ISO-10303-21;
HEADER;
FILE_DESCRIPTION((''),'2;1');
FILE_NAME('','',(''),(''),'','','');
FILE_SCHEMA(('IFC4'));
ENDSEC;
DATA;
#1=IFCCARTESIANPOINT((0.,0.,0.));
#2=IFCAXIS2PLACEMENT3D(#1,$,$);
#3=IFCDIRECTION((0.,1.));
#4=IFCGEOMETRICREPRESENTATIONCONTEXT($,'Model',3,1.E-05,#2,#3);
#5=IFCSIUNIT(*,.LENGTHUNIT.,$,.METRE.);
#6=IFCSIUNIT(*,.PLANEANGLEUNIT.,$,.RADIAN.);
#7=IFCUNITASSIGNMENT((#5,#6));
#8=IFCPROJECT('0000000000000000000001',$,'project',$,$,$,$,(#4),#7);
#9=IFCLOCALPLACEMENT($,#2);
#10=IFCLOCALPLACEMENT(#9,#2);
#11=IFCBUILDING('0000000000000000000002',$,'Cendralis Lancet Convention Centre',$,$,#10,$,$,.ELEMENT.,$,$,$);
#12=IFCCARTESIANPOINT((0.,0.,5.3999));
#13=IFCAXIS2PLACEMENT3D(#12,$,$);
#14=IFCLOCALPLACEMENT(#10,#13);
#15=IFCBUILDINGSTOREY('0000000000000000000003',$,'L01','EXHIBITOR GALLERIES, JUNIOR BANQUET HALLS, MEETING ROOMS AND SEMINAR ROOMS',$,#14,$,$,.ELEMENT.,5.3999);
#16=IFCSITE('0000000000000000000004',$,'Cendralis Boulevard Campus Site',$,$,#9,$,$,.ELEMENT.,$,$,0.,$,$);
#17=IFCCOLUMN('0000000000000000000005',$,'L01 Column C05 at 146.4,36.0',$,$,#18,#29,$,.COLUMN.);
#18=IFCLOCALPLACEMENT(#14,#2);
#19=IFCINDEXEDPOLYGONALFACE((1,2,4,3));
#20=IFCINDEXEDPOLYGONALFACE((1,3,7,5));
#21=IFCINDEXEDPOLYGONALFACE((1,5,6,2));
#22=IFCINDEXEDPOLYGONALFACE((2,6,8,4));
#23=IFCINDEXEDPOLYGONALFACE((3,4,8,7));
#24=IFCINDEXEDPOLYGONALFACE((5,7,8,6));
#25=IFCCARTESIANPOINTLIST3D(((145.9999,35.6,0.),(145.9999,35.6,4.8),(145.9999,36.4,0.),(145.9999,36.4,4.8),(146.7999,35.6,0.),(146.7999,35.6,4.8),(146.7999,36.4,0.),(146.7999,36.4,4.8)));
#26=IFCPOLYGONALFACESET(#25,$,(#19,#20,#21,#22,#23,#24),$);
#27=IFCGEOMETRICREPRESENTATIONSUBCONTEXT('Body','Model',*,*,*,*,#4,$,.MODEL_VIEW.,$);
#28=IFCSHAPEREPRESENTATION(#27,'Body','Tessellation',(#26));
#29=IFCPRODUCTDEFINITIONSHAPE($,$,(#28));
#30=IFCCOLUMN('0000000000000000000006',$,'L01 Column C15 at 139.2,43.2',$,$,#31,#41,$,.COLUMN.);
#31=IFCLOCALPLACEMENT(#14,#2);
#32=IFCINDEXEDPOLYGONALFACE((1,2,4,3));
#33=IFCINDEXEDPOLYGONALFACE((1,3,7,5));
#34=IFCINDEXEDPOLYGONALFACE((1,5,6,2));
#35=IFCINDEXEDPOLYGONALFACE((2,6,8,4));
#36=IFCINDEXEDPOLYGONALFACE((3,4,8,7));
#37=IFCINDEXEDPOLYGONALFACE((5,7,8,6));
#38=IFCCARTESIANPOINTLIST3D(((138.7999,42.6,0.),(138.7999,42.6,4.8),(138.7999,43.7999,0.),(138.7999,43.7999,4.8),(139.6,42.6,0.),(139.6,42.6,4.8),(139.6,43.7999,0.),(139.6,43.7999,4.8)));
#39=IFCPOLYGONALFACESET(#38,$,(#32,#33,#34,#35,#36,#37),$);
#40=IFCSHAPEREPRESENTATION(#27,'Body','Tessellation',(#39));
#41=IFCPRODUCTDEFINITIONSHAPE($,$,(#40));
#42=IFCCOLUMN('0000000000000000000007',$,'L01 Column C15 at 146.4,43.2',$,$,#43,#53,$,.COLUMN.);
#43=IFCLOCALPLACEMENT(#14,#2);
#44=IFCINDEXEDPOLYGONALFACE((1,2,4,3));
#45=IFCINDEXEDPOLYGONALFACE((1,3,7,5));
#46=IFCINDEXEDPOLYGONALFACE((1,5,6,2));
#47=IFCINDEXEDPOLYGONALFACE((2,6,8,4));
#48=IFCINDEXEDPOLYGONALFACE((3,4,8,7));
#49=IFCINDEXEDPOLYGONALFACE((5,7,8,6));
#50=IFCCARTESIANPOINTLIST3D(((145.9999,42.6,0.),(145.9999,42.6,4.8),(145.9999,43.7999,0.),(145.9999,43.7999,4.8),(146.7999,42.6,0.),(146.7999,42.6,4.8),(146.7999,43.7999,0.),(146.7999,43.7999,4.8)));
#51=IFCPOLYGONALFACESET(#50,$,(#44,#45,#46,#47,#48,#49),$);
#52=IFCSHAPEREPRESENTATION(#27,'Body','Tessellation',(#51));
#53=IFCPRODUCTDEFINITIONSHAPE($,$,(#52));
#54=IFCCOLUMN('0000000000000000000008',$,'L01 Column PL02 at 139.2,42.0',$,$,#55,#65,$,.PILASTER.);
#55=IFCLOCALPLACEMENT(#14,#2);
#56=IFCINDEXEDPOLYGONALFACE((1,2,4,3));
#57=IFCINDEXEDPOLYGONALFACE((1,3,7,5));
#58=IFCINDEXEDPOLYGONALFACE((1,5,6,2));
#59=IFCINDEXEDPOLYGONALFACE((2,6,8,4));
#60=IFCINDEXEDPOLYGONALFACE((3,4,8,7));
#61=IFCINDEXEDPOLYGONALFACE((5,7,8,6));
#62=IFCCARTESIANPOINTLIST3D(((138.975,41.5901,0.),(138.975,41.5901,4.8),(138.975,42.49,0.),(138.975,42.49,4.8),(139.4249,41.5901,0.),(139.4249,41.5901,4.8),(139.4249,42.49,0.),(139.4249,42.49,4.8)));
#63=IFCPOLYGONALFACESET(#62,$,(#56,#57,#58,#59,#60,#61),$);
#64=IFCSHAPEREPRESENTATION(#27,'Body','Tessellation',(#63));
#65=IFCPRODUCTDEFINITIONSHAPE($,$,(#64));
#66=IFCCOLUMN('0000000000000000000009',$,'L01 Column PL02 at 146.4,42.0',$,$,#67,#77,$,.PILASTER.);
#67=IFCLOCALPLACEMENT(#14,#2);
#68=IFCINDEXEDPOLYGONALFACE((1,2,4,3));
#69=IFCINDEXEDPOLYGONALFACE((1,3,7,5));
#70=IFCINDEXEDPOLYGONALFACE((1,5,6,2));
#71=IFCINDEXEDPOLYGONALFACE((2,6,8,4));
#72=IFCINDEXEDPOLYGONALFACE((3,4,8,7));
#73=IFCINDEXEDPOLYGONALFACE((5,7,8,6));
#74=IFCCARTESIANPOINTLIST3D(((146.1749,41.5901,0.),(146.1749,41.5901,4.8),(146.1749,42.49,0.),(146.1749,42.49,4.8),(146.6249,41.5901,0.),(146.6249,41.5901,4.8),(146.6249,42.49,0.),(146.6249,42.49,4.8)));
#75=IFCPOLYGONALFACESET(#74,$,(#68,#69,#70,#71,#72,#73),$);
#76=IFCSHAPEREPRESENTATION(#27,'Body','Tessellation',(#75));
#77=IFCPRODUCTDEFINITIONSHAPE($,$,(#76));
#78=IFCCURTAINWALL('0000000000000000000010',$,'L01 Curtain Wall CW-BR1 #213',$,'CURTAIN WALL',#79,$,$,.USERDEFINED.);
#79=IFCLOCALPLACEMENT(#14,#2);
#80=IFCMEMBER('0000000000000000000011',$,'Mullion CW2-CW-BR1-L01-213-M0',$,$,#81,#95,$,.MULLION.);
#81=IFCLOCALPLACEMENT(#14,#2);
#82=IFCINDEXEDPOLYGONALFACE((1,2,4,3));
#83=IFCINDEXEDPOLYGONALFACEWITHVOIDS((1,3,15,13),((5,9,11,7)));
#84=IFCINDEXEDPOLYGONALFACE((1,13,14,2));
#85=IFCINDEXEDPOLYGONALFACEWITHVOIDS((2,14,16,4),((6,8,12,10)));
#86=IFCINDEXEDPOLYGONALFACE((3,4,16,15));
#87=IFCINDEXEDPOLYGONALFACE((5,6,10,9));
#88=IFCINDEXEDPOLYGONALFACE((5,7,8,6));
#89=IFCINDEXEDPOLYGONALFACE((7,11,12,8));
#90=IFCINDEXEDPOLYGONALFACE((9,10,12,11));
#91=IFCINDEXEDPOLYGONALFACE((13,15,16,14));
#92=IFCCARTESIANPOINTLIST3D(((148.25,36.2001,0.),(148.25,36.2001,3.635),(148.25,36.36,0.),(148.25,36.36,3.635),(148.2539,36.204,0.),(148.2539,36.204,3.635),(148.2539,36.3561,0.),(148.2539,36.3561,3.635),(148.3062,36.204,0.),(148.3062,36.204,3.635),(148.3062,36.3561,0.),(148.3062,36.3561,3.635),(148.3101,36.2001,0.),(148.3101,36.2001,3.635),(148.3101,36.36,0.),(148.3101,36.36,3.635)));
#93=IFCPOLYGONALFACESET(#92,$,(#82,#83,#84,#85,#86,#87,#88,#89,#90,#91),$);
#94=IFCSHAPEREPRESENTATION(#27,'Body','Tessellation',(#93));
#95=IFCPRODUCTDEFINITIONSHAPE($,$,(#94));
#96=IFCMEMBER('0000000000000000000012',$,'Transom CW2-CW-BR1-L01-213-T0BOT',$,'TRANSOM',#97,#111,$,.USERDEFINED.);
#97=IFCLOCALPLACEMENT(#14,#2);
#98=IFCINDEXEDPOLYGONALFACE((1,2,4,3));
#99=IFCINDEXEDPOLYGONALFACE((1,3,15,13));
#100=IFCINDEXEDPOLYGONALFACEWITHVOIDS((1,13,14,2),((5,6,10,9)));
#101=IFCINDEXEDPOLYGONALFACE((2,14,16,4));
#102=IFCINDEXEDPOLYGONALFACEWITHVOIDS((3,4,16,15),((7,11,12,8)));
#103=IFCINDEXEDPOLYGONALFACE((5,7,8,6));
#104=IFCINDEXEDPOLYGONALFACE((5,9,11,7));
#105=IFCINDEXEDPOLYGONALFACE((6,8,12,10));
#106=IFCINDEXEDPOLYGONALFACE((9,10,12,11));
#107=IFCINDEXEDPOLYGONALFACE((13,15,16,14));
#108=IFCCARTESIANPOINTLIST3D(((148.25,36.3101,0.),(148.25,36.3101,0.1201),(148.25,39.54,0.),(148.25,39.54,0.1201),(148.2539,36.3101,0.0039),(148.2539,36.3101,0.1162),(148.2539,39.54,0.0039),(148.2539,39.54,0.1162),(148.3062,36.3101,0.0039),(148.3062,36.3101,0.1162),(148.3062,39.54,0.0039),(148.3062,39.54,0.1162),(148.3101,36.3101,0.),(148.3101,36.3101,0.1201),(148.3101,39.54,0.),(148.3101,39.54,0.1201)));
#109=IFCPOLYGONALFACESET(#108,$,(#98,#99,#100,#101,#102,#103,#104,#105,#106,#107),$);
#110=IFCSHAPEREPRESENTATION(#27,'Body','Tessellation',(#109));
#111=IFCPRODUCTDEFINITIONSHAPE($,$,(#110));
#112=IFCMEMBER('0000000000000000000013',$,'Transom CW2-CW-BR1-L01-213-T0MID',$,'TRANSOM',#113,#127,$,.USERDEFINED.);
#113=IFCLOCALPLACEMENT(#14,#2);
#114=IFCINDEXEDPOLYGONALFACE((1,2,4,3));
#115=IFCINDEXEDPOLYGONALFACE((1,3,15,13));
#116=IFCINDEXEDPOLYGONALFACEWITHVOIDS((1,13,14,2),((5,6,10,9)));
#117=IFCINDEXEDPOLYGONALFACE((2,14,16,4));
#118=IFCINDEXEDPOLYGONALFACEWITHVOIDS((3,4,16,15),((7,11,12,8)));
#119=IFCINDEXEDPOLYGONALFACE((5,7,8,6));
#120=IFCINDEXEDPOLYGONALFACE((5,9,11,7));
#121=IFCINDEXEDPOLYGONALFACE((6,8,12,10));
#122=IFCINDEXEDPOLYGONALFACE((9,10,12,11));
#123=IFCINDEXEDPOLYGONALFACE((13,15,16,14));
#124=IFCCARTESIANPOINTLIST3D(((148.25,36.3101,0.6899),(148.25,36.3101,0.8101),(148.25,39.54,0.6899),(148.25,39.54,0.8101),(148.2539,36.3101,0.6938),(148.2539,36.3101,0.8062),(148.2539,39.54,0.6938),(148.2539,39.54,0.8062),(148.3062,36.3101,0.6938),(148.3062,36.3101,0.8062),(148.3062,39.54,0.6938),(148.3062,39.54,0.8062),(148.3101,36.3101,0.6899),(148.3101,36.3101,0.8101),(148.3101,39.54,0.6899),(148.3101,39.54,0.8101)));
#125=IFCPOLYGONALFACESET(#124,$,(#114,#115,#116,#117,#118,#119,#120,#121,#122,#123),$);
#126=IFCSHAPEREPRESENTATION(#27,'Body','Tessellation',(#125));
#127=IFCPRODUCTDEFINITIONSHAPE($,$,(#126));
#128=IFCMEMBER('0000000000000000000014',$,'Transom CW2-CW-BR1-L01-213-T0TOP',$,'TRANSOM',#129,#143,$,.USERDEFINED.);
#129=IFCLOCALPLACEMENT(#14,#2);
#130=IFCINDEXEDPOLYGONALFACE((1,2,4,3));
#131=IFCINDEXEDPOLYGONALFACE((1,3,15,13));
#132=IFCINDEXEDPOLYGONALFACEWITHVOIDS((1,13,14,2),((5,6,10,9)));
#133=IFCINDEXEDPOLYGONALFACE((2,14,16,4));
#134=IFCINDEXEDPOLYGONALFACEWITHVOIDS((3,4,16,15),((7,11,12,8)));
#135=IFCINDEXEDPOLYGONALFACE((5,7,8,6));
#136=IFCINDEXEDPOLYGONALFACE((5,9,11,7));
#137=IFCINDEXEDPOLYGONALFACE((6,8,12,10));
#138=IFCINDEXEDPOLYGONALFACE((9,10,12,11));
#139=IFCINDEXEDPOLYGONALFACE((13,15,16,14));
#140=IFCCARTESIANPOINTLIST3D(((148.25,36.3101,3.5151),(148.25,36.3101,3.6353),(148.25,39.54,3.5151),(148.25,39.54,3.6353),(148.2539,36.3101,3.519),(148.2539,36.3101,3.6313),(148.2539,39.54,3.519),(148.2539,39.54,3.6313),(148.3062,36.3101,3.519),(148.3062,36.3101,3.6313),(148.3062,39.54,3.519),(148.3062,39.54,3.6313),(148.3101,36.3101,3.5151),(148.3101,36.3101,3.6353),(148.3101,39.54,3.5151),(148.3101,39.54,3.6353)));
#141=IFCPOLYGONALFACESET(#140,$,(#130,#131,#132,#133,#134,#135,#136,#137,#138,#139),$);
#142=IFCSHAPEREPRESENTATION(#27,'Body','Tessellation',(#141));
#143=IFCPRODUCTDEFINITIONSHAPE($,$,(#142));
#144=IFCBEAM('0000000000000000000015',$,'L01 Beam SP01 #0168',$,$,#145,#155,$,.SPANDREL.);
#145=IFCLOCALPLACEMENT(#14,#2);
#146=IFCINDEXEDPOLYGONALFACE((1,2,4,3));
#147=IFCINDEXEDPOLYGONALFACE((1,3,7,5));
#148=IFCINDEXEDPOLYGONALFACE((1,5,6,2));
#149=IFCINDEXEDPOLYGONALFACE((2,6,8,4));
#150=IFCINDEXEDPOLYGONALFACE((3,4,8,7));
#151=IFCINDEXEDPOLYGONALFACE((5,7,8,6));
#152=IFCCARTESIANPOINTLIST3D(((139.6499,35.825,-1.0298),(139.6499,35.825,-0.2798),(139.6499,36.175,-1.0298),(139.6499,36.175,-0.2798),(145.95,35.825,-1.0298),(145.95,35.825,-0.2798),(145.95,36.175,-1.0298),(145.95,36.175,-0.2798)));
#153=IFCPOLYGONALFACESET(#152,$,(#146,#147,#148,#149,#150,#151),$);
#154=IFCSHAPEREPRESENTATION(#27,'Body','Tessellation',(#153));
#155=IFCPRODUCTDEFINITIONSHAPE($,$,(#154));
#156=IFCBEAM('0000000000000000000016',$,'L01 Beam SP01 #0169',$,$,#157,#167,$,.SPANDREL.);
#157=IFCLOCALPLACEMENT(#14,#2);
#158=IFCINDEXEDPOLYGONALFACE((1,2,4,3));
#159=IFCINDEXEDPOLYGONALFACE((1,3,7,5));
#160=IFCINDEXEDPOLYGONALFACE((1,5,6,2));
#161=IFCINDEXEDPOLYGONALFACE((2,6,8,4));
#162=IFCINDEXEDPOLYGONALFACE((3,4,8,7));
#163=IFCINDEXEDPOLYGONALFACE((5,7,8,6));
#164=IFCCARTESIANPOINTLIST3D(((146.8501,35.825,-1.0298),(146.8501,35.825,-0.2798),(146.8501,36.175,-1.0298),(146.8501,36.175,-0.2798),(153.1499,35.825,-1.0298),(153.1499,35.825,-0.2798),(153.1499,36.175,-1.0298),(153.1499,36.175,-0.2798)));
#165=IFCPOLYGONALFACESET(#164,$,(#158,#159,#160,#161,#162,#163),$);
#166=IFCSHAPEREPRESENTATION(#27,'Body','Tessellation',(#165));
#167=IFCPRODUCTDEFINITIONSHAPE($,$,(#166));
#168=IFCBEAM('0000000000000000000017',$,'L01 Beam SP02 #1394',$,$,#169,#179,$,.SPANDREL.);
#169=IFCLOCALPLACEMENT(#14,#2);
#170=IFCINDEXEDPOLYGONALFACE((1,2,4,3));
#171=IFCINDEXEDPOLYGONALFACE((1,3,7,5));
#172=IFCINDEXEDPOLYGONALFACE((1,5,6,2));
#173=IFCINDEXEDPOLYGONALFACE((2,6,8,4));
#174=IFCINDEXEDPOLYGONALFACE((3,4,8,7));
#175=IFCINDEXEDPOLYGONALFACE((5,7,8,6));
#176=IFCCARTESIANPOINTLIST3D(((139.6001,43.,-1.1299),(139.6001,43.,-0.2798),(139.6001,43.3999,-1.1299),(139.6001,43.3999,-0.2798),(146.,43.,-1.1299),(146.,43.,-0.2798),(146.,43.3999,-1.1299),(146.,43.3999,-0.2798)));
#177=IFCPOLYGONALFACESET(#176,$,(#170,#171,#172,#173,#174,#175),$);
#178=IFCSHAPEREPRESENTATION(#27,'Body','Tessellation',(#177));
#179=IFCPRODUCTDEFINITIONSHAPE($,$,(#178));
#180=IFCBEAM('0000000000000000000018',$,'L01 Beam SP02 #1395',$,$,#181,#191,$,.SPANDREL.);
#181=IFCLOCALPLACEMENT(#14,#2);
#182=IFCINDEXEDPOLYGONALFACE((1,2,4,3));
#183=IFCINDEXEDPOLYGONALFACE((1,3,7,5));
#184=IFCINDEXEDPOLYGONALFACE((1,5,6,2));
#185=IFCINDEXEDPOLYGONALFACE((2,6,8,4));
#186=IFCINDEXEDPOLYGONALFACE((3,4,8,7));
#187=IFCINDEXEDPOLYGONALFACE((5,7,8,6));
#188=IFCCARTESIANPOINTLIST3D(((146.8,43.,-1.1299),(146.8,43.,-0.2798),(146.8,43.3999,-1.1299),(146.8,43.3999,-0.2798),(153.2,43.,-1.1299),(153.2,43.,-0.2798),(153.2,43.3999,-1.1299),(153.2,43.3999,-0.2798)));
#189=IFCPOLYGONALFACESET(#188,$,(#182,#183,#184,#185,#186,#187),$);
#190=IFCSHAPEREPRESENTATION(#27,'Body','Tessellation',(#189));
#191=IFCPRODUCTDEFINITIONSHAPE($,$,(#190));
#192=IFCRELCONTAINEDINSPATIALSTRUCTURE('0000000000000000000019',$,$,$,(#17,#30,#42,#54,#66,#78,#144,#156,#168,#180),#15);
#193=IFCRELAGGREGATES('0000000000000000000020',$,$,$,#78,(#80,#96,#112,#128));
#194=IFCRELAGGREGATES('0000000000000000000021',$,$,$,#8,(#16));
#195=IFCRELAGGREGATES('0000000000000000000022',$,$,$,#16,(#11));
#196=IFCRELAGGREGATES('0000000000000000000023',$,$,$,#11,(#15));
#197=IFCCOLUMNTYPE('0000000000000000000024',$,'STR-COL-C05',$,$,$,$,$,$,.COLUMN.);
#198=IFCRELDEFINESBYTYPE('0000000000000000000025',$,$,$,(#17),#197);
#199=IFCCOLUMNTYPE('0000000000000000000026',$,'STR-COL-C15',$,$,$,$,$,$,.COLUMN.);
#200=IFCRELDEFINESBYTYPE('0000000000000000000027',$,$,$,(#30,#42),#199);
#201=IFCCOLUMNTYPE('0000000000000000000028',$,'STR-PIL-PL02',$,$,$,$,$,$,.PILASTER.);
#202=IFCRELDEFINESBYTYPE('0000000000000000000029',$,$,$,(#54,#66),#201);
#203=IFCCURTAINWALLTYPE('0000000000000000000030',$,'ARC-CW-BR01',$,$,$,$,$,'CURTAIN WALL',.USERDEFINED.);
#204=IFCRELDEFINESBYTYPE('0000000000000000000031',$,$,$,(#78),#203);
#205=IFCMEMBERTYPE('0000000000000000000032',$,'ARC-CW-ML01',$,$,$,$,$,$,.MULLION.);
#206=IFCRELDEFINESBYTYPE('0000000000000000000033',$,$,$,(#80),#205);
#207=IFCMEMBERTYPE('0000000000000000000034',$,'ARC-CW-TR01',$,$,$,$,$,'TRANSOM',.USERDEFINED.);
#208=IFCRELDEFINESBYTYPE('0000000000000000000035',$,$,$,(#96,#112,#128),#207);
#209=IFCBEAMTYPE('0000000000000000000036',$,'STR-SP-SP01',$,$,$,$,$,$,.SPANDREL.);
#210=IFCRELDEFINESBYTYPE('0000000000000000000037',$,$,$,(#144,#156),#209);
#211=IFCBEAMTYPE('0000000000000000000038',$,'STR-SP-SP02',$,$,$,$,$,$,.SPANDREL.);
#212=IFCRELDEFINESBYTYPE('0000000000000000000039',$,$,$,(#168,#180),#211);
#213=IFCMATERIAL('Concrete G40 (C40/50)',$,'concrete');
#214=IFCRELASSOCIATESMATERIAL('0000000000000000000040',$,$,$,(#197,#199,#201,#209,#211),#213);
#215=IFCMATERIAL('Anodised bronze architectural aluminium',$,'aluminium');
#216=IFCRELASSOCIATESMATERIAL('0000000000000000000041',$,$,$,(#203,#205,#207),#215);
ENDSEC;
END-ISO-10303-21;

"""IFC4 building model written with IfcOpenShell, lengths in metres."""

from ifc_helpers import new_model, si_unit, direction, frame, origin, origin_2d, place, context, subcontext, project, spatial, rectangle, hollow_rectangle, extrude, material, material_profile, profile_set, type_object, element, aggregate, save


model = new_model("IFC4")

# Units and contexts
model_context = context("Model", 3, precision=1e-05, world=origin(), true_north=direction((0.0, 1.0)))
body_context = subcontext(model_context, "Body", "Model", "MODEL_VIEW")
ifc_project = project(units=[si_unit("LENGTHUNIT", "METRE"), si_unit("PLANEANGLEUNIT", "RADIAN")], contexts=[model_context])

# Site, building, storey
site_placement = place(None, origin())
site = spatial("IfcSite", under=ifc_project, at=site_placement, Name="Cendralis Boulevard Campus Site", CompositionType="ELEMENT", RefElevation=0.0)
building_placement = place(site_placement, origin())
building = spatial("IfcBuilding", under=site, at=building_placement, Name="Cendralis Lancet Convention Centre", CompositionType="ELEMENT")
storey_placement = place(building_placement, frame((0.0, 0.0, 5.3999)))
storey = spatial("IfcBuildingStorey", under=building, at=storey_placement, Name="L01", Description="EXHIBITOR GALLERIES, JUNIOR BANQUET HALLS, MEETING ROOMS AND SEMINAR ROOMS", CompositionType="ELEMENT", Elevation=5.3999)

# Columns
ifc_material_1 = material(Name="Concrete G40 (C40/50)", Category="concrete")
ifc_material_profile_1 = material_profile(ifc_material_1, rectangle(XDim=0.8, YDim=0.8, at=origin_2d()), Name="RC 800x800")
ifc_profile_set_1 = profile_set([ifc_material_profile_1], Name="Concrete G40 (C40/50)")
column_type_1 = type_object("IfcColumnType", Name="STR-COL-C05", PredefinedType="COLUMN", material=ifc_profile_set_1)
column_placement = place(storey_placement, frame((146.3999, 36.0, 0.0), z_axis=(0.0, 0.0, 1.0), x_axis=(1.0, 0.0, 0.0)))
element("IfcColumn", 1, at=column_placement, inside=storey, type_object=column_type_1, Name="L01 Column C05 at 146.4,36.0", PredefinedType="COLUMN", context=body_context, shape_type="SweptSolid", body=[
    extrude(rectangle(XDim=0.8, YDim=0.8, at=origin_2d()), origin(), (0.0, 0.0, 1.0), 4.8),
])
ifc_material_profile_2 = material_profile(ifc_material_1, rectangle(XDim=0.8, YDim=1.2, at=origin_2d()), Name="RC 800x1200")
ifc_profile_set_2 = profile_set([ifc_material_profile_2], Name="Concrete G40 (C40/50)")
column_type_2 = type_object("IfcColumnType", Name="STR-COL-C15", PredefinedType="COLUMN", material=ifc_profile_set_2)
for number, where, z_axis, x_axis, name in (
    (2, (139.2, 43.2, 0.0), (0.0, 0.0, 1.0), (1.0, 0.0, 0.0), "L01 Column C15 at 139.2,43.2"),
    (3, (146.3999, 43.2, 0.0), (0.0, 0.0, 1.0), (1.0, 0.0, 0.0), "L01 Column C15 at 146.4,43.2"),
):
    element("IfcColumn", number, at=place(storey_placement, frame(where, z_axis=z_axis, x_axis=x_axis)), inside=storey, type_object=column_type_2, Name=name, PredefinedType="COLUMN", context=body_context, shape_type="SweptSolid", body=[
        extrude(rectangle(XDim=0.8, YDim=1.2, at=origin_2d()), origin(), (0.0, 0.0, 1.0), 4.8),
    ])
ifc_material_profile_3 = material_profile(ifc_material_1, rectangle(XDim=0.45, YDim=0.8999, at=origin_2d()), Name="RC 450x900")
ifc_profile_set_3 = profile_set([ifc_material_profile_3], Name="Concrete G40 (C40/50)")
column_type_3 = type_object("IfcColumnType", Name="STR-PIL-PL02", PredefinedType="PILASTER", material=ifc_profile_set_3)
for number, where, z_axis, x_axis, name in (
    (4, (139.2, 42.04, 0.0), (0.0, 0.0, 1.0), (1.0, 0.0, 0.0), "L01 Column PL02 at 139.2,42.0"),
    (5, (146.3999, 42.04, 0.0), (0.0, 0.0, 1.0), (1.0, 0.0, 0.0), "L01 Column PL02 at 146.4,42.0"),
):
    element("IfcColumn", number, at=place(storey_placement, frame(where, z_axis=z_axis, x_axis=x_axis)), inside=storey, type_object=column_type_3, Name=name, PredefinedType="PILASTER", context=body_context, shape_type="SweptSolid", body=[
        extrude(rectangle(XDim=0.45, YDim=0.8999, at=origin_2d()), origin(), (0.0, 0.0, 1.0), 4.8),
    ])

# Curtain wall, members
ifc_material_2 = material(Name="Anodised bronze architectural aluminium", Category="aluminium")
curtain_wall_type = type_object("IfcCurtainWallType", Name="ARC-CW-BR01", ElementType="CURTAIN WALL", PredefinedType="USERDEFINED", material=ifc_material_2)
curtain_wall_placement = place(storey_placement, origin())
curtain_wall = element("IfcCurtainWall", 6, at=curtain_wall_placement, inside=storey, type_object=curtain_wall_type, Name="L01 Curtain Wall CW-BR1 #213", ObjectType="CURTAIN WALL", PredefinedType="USERDEFINED")
ifc_material_profile_4 = material_profile(ifc_material_2, hollow_rectangle(XDim=0.0601, YDim=0.1599, WallThickness=0.0039, at=origin_2d()), Name="AL-MULL 60x160x4.0")
ifc_profile_set_4 = profile_set([ifc_material_profile_4], Name="Anodised bronze architectural aluminium")
member_type_1 = type_object("IfcMemberType", Name="ARC-CW-ML01", PredefinedType="MULLION", material=ifc_profile_set_4)
member_1_placement = place(storey_placement, frame((148.28, 36.28, 0.0), z_axis=(0.0, 0.0, 1.0), x_axis=(1.0, 0.0, 0.0)))
member_1 = element("IfcMember", 7, at=member_1_placement, type_object=member_type_1, Name="Mullion CW2-CW-BR1-L01-213-M0", PredefinedType="MULLION", context=body_context, shape_type="SweptSolid", body=[
    extrude(hollow_rectangle(XDim=0.0601, YDim=0.1599, WallThickness=0.0039, at=origin_2d()), origin(), (0.0, 0.0, 1.0), 3.635),
])
ifc_material_profile_5 = material_profile(ifc_material_2, hollow_rectangle(XDim=0.0601, YDim=0.1201, WallThickness=0.0039, at=origin_2d()), Name="AL-TRAN 60x120x4.0")
ifc_profile_set_5 = profile_set([ifc_material_profile_5], Name="Anodised bronze architectural aluminium")
member_type_2 = type_object("IfcMemberType", Name="ARC-CW-TR01", ElementType="TRANSOM", PredefinedType="USERDEFINED", material=ifc_profile_set_5)
member_2_placement = place(storey_placement, frame((148.28, 36.3101, 0.0601), z_axis=(0.0, 1.0, 0.0), x_axis=(-1.0, 0.0, 0.0)))
member_2 = element("IfcMember", 8, at=member_2_placement, type_object=member_type_2, Name="Transom CW2-CW-BR1-L01-213-T0BOT", ObjectType="TRANSOM", PredefinedType="USERDEFINED", context=body_context, shape_type="SweptSolid", body=[
    extrude(hollow_rectangle(XDim=0.0601, YDim=0.1201, WallThickness=0.0039, at=origin_2d()), origin(), (0.0, 0.0, 1.0), 3.23),
])
member_3_placement = place(storey_placement, frame((148.28, 36.3101, 0.75), z_axis=(0.0, 1.0, 0.0), x_axis=(-1.0, 0.0, 0.0)))
member_3 = element("IfcMember", 9, at=member_3_placement, type_object=member_type_2, Name="Transom CW2-CW-BR1-L01-213-T0MID", ObjectType="TRANSOM", PredefinedType="USERDEFINED", context=body_context, shape_type="SweptSolid", body=[
    extrude(hollow_rectangle(XDim=0.0601, YDim=0.1201, WallThickness=0.0039, at=origin_2d()), origin(), (0.0, 0.0, 1.0), 3.23),
])
member_4_placement = place(storey_placement, frame((148.28, 36.3101, 3.5752), z_axis=(0.0, 1.0, 0.0), x_axis=(-1.0, 0.0, 0.0)))
member_4 = element("IfcMember", 10, at=member_4_placement, type_object=member_type_2, Name="Transom CW2-CW-BR1-L01-213-T0TOP", ObjectType="TRANSOM", PredefinedType="USERDEFINED", context=body_context, shape_type="SweptSolid", body=[
    extrude(hollow_rectangle(XDim=0.0601, YDim=0.1201, WallThickness=0.0039, at=origin_2d()), origin(), (0.0, 0.0, 1.0), 3.23),
])

# Beams
ifc_material_profile_6 = material_profile(ifc_material_1, rectangle(XDim=0.3501, YDim=0.75, at=origin_2d()), Name="RCB 350x750")
ifc_profile_set_6 = profile_set([ifc_material_profile_6], Name="Concrete G40 (C40/50)")
beam_type_1 = type_object("IfcBeamType", Name="STR-SP-SP01", PredefinedType="SPANDREL", material=ifc_profile_set_6)
beam_1_placement = place(storey_placement, frame((139.6499, 36.0, -0.6548), z_axis=(1.0, 0.0, 0.0), x_axis=(0.0, 1.0, 0.0)))
element("IfcBeam", 11, at=beam_1_placement, inside=storey, type_object=beam_type_1, Name="L01 Beam SP01 #0168", PredefinedType="SPANDREL", context=body_context, shape_type="SweptSolid", body=[
    extrude(rectangle(XDim=0.3501, YDim=0.75, at=origin_2d()), origin(), (0.0, 0.0, 1.0), 6.3),
])
beam_2_placement = place(storey_placement, frame((146.8501, 36.0, -0.6548), z_axis=(1.0, 0.0, 0.0), x_axis=(0.0, 1.0, 0.0)))
element("IfcBeam", 12, at=beam_2_placement, inside=storey, type_object=beam_type_1, Name="L01 Beam SP01 #0169", PredefinedType="SPANDREL", context=body_context, shape_type="SweptSolid", body=[
    extrude(rectangle(XDim=0.3501, YDim=0.75, at=origin_2d()), origin(), (0.0, 0.0, 1.0), 6.2998),
])
ifc_material_profile_7 = material_profile(ifc_material_1, rectangle(XDim=0.3999, YDim=0.8501, at=origin_2d()), Name="RCB 400x850")
ifc_profile_set_7 = profile_set([ifc_material_profile_7], Name="Concrete G40 (C40/50)")
beam_type_2 = type_object("IfcBeamType", Name="STR-SP-SP02", PredefinedType="SPANDREL", material=ifc_profile_set_7)
for number, where, z_axis, x_axis, name in (
    (13, (139.6001, 43.2, -0.7048), (1.0, 0.0, 0.0), (0.0, 1.0, 0.0), "L01 Beam SP02 #1394"),
    (14, (146.8, 43.2, -0.7048), (1.0, 0.0, 0.0), (0.0, 1.0, 0.0), "L01 Beam SP02 #1395"),
):
    element("IfcBeam", number, at=place(storey_placement, frame(where, z_axis=z_axis, x_axis=x_axis)), inside=storey, type_object=beam_type_2, Name=name, PredefinedType="SPANDREL", context=body_context, shape_type="SweptSolid", body=[
        extrude(rectangle(XDim=0.3999, YDim=0.8501, at=origin_2d()), origin(), (0.0, 0.0, 1.0), 6.3999),
    ])

aggregate(curtain_wall, [member_1, member_2, member_3, member_4])

save(model, "model.ifc")
